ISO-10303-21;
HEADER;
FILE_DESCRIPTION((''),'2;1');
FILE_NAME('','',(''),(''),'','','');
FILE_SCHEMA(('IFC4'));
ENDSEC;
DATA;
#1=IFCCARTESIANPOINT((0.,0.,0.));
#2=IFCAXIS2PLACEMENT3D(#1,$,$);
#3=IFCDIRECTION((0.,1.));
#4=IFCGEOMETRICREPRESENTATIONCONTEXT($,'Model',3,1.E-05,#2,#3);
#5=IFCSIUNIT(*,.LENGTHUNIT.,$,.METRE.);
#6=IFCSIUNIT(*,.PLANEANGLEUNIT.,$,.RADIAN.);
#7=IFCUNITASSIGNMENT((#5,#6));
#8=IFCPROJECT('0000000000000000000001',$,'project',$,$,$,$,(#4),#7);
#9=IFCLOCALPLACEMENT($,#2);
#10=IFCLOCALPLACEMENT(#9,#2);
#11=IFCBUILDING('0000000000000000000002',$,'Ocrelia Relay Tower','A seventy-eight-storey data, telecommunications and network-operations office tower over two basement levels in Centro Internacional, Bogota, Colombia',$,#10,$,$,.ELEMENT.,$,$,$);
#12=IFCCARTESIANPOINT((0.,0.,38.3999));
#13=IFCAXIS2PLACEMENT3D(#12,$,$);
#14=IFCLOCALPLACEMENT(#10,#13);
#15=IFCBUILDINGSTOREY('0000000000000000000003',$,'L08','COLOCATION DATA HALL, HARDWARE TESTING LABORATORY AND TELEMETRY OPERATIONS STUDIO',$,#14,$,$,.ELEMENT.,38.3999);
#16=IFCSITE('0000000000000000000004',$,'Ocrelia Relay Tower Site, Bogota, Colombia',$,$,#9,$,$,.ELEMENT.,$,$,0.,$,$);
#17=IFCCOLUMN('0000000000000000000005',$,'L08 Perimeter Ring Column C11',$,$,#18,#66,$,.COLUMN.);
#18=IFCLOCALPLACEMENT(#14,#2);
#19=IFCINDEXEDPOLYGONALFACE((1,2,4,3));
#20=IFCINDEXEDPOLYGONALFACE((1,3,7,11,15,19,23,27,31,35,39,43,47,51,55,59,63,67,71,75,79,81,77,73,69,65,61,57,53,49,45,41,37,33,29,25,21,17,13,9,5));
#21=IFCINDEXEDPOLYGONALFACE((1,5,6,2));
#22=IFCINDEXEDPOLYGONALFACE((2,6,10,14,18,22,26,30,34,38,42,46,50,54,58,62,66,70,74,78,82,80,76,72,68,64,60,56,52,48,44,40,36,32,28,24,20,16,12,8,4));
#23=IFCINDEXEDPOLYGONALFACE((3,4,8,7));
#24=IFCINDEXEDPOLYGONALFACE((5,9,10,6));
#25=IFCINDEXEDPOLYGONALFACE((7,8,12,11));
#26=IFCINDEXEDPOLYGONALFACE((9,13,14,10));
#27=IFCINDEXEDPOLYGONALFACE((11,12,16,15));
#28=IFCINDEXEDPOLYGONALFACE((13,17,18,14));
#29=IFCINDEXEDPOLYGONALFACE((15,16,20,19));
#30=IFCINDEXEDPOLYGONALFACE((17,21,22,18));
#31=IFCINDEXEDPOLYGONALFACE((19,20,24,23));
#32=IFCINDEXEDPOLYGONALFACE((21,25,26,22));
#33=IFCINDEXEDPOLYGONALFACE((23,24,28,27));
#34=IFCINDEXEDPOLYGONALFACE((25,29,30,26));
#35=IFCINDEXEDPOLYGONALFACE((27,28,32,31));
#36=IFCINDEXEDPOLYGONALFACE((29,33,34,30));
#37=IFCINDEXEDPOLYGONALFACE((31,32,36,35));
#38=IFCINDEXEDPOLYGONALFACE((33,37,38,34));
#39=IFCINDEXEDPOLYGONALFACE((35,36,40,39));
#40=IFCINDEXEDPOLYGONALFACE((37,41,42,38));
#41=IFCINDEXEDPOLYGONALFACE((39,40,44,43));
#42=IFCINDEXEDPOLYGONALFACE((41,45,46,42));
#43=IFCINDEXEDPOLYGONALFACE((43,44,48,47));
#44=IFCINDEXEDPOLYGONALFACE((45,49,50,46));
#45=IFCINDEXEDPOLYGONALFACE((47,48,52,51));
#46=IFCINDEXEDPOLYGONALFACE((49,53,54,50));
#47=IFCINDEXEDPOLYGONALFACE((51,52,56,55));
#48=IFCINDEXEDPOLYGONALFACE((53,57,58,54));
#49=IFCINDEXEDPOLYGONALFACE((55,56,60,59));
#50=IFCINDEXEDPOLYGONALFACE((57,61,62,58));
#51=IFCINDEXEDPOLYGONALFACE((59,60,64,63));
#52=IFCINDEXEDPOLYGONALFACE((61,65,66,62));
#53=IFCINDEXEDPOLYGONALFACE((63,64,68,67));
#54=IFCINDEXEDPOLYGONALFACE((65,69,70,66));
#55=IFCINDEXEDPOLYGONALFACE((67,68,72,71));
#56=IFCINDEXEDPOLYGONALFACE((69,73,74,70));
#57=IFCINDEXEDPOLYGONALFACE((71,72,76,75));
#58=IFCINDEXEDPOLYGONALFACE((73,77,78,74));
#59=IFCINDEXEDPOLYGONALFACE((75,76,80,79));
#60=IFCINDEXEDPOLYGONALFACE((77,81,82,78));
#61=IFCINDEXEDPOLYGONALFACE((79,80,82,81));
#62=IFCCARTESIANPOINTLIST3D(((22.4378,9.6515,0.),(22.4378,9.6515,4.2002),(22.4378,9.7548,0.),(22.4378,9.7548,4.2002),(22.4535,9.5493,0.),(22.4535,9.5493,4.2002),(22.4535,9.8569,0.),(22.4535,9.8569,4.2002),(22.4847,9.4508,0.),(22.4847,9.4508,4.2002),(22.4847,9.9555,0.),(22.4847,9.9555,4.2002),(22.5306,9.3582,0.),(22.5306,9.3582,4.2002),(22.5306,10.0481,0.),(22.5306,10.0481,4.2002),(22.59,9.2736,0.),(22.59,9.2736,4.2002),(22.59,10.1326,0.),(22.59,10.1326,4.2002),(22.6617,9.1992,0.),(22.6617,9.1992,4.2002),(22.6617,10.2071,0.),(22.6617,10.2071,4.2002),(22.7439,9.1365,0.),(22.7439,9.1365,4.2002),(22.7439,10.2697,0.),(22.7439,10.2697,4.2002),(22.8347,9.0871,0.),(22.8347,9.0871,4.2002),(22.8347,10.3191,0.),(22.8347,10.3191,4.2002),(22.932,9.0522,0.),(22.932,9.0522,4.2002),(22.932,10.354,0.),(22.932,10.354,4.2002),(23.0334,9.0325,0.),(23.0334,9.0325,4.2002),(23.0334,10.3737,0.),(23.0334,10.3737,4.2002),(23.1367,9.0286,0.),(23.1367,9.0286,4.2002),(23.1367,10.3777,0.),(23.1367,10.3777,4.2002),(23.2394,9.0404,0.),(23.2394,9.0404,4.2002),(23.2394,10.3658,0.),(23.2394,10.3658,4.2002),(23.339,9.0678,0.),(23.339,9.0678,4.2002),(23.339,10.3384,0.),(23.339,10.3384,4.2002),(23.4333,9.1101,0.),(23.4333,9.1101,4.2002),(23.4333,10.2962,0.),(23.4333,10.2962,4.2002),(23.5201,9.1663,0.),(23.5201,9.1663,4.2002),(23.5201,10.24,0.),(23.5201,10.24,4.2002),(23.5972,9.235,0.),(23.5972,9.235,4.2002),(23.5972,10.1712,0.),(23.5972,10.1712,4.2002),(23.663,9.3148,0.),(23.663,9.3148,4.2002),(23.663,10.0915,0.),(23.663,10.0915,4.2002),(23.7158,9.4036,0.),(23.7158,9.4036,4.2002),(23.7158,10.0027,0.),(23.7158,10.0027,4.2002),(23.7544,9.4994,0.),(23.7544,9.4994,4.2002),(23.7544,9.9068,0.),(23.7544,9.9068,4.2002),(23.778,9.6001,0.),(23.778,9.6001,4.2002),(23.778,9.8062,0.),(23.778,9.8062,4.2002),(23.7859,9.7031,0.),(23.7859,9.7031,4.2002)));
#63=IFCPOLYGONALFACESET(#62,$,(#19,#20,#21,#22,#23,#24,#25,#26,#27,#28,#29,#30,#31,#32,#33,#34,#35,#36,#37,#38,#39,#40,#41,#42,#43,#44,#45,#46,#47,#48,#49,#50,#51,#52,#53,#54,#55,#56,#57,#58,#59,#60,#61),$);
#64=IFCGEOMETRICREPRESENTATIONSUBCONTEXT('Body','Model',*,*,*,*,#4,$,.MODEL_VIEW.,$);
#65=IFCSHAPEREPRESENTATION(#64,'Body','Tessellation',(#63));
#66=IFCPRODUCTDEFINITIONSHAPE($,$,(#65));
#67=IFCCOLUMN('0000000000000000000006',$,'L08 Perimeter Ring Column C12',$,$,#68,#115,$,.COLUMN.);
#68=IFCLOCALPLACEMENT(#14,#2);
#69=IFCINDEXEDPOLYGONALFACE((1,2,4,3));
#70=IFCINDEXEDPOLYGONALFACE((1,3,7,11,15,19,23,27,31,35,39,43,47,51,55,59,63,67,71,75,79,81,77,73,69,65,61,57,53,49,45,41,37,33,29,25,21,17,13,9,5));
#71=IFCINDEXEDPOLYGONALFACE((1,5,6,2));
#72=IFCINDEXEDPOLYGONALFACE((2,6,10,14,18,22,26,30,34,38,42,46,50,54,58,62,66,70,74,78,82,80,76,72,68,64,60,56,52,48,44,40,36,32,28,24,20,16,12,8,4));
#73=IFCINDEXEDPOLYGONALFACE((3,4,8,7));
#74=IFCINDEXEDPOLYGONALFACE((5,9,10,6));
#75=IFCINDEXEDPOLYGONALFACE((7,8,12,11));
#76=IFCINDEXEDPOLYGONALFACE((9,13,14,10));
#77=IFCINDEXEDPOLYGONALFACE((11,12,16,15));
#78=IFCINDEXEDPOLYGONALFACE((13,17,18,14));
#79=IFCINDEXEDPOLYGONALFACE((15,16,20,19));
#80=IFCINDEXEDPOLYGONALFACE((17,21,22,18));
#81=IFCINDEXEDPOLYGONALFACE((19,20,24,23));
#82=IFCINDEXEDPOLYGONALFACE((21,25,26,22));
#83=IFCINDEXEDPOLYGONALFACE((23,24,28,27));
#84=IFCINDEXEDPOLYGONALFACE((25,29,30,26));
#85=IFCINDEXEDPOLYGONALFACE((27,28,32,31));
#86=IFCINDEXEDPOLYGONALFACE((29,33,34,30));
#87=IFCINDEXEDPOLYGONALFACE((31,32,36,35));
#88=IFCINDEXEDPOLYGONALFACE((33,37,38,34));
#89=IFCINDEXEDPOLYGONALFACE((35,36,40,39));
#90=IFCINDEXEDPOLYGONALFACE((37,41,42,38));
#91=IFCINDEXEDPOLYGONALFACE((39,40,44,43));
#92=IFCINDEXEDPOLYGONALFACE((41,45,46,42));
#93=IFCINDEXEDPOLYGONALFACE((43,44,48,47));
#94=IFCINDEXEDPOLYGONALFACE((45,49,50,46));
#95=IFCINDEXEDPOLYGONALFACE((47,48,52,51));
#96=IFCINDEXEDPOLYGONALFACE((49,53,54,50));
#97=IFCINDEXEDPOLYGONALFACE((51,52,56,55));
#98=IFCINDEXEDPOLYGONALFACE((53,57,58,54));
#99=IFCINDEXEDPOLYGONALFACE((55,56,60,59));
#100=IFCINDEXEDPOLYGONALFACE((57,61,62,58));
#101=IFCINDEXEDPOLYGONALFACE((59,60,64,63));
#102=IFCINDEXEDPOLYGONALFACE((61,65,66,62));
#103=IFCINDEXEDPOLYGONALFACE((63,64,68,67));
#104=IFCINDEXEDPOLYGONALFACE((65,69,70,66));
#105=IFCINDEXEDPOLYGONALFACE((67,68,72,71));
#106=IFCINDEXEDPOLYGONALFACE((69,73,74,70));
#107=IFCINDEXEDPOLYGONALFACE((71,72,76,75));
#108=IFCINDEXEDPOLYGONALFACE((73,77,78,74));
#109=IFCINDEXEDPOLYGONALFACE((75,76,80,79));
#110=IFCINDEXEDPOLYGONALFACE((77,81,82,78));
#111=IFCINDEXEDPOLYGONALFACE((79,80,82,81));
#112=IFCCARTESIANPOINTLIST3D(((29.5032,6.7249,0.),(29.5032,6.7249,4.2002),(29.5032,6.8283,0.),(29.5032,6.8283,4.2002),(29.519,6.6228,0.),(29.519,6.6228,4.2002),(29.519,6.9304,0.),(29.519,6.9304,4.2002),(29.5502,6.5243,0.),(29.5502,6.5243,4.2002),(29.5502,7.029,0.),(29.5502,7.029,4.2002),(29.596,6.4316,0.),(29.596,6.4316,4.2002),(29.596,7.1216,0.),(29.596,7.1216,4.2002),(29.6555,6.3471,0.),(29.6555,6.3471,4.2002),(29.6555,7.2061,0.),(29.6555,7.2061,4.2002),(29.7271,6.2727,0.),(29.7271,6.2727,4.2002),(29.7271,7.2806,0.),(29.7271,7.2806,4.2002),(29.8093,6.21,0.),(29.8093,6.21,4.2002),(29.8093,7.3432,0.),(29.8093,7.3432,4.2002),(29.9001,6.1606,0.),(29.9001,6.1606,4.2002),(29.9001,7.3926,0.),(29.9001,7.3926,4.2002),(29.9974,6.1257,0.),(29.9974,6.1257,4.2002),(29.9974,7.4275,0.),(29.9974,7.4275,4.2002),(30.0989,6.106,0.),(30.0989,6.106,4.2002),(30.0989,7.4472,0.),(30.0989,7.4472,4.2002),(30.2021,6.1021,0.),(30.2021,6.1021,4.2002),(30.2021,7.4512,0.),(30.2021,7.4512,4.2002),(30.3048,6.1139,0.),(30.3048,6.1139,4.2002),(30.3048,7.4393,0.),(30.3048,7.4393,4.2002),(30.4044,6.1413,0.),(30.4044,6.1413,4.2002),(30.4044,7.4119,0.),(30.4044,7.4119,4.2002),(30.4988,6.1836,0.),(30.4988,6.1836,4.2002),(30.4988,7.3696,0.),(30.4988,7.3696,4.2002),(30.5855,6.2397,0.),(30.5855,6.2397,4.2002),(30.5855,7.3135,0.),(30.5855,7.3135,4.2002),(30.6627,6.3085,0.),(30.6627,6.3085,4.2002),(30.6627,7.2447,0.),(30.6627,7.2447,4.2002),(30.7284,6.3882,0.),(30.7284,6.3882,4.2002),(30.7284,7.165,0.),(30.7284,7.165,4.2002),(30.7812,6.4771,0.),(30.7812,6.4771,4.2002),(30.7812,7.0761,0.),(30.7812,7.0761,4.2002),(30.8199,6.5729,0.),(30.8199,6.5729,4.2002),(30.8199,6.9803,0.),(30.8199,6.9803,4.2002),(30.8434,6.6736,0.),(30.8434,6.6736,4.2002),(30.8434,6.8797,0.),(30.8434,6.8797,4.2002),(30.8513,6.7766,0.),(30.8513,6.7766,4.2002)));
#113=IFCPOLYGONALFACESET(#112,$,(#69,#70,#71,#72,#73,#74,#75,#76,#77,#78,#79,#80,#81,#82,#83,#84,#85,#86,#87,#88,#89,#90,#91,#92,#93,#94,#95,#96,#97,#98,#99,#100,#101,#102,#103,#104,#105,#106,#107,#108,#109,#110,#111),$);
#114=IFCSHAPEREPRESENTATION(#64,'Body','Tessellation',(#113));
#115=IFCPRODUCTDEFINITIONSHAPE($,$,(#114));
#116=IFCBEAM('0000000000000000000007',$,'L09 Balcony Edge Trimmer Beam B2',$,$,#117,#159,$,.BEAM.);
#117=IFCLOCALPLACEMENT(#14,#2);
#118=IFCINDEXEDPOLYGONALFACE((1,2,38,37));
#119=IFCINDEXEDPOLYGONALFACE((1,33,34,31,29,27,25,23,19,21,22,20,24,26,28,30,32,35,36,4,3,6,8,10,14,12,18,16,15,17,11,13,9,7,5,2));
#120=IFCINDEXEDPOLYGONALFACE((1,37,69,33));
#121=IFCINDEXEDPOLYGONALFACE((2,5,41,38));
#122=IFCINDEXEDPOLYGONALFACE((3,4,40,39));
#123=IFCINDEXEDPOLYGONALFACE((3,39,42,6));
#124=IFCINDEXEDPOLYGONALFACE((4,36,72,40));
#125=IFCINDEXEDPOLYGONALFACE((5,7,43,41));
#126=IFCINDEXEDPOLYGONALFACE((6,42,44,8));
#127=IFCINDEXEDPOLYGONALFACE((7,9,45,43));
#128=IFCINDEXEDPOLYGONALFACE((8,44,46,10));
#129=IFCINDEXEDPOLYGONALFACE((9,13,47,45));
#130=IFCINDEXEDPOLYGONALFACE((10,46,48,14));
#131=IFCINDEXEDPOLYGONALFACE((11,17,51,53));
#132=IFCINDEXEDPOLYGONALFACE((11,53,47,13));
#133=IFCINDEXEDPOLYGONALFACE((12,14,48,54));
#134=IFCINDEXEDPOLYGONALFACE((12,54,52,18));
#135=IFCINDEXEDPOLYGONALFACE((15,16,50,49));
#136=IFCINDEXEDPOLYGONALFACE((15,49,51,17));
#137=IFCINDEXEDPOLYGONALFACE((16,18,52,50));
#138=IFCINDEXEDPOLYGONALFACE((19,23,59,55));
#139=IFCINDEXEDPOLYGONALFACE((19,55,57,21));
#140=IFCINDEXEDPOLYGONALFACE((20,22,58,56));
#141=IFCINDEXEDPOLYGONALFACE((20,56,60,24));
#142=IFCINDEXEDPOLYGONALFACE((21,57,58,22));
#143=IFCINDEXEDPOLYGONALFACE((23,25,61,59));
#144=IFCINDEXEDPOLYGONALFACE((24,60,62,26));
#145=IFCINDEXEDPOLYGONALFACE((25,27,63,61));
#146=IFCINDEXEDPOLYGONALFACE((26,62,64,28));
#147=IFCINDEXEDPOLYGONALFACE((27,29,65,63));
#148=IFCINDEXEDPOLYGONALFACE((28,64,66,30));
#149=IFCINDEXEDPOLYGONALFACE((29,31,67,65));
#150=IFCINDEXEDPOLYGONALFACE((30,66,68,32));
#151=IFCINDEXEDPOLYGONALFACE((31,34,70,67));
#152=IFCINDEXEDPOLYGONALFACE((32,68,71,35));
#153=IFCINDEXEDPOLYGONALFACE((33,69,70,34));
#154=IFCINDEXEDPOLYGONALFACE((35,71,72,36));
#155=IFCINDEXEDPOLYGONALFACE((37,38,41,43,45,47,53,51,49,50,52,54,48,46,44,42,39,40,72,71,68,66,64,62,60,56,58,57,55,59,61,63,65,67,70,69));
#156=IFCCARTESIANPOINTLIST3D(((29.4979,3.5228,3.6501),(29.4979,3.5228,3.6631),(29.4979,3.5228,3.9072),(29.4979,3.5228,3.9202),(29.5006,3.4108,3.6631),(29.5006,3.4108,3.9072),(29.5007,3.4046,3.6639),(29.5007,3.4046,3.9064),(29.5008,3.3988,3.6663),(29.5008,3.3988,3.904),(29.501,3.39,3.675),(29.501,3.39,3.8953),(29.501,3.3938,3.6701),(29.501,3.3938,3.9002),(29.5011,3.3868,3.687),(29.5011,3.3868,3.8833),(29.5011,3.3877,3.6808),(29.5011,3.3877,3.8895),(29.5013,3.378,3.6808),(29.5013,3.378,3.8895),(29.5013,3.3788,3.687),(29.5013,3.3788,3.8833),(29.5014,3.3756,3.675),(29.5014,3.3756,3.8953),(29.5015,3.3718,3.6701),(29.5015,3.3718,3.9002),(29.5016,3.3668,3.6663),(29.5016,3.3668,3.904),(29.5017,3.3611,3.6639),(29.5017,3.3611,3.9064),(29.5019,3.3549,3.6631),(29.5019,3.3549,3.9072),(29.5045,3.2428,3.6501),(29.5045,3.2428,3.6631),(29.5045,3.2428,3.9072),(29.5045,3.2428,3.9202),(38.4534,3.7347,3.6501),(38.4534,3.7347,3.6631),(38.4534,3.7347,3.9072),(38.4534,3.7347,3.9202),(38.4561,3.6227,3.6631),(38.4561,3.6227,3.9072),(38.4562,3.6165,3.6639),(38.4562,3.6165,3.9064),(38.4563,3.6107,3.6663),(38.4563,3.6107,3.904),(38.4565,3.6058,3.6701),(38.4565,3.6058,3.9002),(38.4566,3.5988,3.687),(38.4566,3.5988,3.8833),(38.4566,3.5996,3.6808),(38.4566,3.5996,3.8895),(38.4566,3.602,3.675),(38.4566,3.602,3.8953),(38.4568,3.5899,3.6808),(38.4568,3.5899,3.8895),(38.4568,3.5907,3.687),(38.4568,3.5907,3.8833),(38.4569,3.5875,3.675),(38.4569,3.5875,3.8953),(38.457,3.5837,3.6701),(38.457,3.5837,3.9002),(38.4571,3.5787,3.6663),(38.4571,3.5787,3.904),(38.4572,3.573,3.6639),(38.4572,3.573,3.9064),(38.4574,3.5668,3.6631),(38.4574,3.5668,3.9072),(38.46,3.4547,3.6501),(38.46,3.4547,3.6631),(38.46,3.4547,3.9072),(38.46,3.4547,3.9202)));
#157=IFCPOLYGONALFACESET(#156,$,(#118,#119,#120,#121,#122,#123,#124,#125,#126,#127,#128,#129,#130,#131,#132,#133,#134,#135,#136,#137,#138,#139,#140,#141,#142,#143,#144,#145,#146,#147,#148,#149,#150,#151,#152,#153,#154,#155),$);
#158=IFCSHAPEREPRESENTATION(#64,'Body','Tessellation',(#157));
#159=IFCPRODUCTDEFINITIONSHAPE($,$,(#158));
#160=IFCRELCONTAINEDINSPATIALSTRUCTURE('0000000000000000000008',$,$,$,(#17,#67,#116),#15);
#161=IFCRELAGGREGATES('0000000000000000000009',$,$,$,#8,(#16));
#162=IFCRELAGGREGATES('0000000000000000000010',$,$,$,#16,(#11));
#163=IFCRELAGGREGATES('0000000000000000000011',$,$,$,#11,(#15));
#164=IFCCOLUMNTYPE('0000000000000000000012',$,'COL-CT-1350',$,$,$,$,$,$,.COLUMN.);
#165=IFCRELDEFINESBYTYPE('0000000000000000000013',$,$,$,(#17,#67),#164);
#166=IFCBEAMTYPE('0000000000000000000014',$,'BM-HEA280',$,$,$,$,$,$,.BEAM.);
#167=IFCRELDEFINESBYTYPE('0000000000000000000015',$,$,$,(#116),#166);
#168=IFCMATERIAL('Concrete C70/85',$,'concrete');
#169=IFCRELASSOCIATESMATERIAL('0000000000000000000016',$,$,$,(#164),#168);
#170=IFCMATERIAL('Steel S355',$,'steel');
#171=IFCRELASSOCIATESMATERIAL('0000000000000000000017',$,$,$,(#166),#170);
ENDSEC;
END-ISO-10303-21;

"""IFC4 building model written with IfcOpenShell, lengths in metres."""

from ifc_helpers import new_model, si_unit, direction, frame, origin, origin_2d, place, context, subcontext, project, spatial, circle, i_section, extrude, material, material_profile, profile_set, type_object, element, save


model = new_model("IFC4")

# Units and contexts
model_context = context("Model", 3, precision=1e-05, world=origin(), true_north=direction((0.0, 1.0)))
body_context = subcontext(model_context, "Body", "Model", "MODEL_VIEW")
ifc_project = project(units=[si_unit("LENGTHUNIT", "METRE"), si_unit("PLANEANGLEUNIT", "RADIAN")], contexts=[model_context])

# Site, building, storey
site_placement = place(None, origin())
site = spatial("IfcSite", under=ifc_project, at=site_placement, Name="Ocrelia Relay Tower Site, Bogota, Colombia", CompositionType="ELEMENT", RefElevation=0.0)
building_placement = place(site_placement, origin())
building = spatial("IfcBuilding", under=site, at=building_placement, Name="Ocrelia Relay Tower", Description="A seventy-eight-storey data, telecommunications and network-operations office tower over two basement levels in Centro Internacional, Bogota, Colombia", CompositionType="ELEMENT")
storey_placement = place(building_placement, frame((0.0, 0.0, 38.3999)))
storey = spatial("IfcBuildingStorey", under=building, at=storey_placement, Name="L08", Description="COLOCATION DATA HALL, HARDWARE TESTING LABORATORY AND TELEMETRY OPERATIONS STUDIO", CompositionType="ELEMENT", Elevation=38.3999)

# Columns
ifc_material_1 = material(Name="Concrete C70/85", Category="concrete")
ifc_material_profile_1 = material_profile(ifc_material_1, circle(Radius=0.675, at=origin_2d()), Name="RC-CIR-1350")
ifc_profile_set_1 = profile_set([ifc_material_profile_1], Name="Concrete C70/85")
column_type = type_object("IfcColumnType", Name="COL-CT-1350", PredefinedType="COLUMN", material=ifc_profile_set_1)
for number, where, z_axis, x_axis, name in (
    (1, (23.1108, 9.7031, 0.0), (0.0, 0.0, 1.0), (1.0, 0.0, 0.0), "L08 Perimeter Ring Column C11"),
    (2, (30.1763, 6.7766, 0.0), (0.0, 0.0, 1.0), (1.0, 0.0, 0.0), "L08 Perimeter Ring Column C12"),
):
    element("IfcColumn", number, at=place(storey_placement, frame(where, z_axis=z_axis, x_axis=x_axis)), inside=storey, type_object=column_type, Name=name, PredefinedType="COLUMN", context=body_context, shape_type="SweptSolid", body=[
        extrude(circle(Radius=0.675, at=origin_2d()), origin(), (0.0, 0.0, 1.0), 4.2002),
    ])

# Beam
ifc_material_2 = material(Name="Steel S355", Category="steel")
ifc_material_profile_2 = material_profile(ifc_material_2, i_section(OverallWidth=0.28, OverallDepth=0.27, WebThickness=0.0081, FlangeThickness=0.0129, FilletRadius=0.0239, at=origin_2d()), Name="HEA 280")
ifc_profile_set_2 = profile_set([ifc_material_profile_2], Name="Steel S355")
beam_type_1 = type_object("IfcBeamType", Name="BM-HEA280", PredefinedType="BEAM", material=ifc_profile_set_2)
beam_1_placement = place(storey_placement, frame((29.5012, 3.3828, 3.7852), z_axis=(0.99972, 0.023656, 0.0), x_axis=(-0.023656, 0.99972, 0.0)))
element("IfcBeam", 3, at=beam_1_placement, inside=storey, type_object=beam_type_1, Name="L09 Balcony Edge Trimmer Beam B2", PredefinedType="BEAM", context=body_context, shape_type="SweptSolid", body=[
    extrude(i_section(OverallWidth=0.28, OverallDepth=0.27, WebThickness=0.0081, FlangeThickness=0.0129, FilletRadius=0.0239, at=origin_2d()), origin(), (0.0, 0.0, 1.0), 8.958),
])

save(model, "model.ifc")
